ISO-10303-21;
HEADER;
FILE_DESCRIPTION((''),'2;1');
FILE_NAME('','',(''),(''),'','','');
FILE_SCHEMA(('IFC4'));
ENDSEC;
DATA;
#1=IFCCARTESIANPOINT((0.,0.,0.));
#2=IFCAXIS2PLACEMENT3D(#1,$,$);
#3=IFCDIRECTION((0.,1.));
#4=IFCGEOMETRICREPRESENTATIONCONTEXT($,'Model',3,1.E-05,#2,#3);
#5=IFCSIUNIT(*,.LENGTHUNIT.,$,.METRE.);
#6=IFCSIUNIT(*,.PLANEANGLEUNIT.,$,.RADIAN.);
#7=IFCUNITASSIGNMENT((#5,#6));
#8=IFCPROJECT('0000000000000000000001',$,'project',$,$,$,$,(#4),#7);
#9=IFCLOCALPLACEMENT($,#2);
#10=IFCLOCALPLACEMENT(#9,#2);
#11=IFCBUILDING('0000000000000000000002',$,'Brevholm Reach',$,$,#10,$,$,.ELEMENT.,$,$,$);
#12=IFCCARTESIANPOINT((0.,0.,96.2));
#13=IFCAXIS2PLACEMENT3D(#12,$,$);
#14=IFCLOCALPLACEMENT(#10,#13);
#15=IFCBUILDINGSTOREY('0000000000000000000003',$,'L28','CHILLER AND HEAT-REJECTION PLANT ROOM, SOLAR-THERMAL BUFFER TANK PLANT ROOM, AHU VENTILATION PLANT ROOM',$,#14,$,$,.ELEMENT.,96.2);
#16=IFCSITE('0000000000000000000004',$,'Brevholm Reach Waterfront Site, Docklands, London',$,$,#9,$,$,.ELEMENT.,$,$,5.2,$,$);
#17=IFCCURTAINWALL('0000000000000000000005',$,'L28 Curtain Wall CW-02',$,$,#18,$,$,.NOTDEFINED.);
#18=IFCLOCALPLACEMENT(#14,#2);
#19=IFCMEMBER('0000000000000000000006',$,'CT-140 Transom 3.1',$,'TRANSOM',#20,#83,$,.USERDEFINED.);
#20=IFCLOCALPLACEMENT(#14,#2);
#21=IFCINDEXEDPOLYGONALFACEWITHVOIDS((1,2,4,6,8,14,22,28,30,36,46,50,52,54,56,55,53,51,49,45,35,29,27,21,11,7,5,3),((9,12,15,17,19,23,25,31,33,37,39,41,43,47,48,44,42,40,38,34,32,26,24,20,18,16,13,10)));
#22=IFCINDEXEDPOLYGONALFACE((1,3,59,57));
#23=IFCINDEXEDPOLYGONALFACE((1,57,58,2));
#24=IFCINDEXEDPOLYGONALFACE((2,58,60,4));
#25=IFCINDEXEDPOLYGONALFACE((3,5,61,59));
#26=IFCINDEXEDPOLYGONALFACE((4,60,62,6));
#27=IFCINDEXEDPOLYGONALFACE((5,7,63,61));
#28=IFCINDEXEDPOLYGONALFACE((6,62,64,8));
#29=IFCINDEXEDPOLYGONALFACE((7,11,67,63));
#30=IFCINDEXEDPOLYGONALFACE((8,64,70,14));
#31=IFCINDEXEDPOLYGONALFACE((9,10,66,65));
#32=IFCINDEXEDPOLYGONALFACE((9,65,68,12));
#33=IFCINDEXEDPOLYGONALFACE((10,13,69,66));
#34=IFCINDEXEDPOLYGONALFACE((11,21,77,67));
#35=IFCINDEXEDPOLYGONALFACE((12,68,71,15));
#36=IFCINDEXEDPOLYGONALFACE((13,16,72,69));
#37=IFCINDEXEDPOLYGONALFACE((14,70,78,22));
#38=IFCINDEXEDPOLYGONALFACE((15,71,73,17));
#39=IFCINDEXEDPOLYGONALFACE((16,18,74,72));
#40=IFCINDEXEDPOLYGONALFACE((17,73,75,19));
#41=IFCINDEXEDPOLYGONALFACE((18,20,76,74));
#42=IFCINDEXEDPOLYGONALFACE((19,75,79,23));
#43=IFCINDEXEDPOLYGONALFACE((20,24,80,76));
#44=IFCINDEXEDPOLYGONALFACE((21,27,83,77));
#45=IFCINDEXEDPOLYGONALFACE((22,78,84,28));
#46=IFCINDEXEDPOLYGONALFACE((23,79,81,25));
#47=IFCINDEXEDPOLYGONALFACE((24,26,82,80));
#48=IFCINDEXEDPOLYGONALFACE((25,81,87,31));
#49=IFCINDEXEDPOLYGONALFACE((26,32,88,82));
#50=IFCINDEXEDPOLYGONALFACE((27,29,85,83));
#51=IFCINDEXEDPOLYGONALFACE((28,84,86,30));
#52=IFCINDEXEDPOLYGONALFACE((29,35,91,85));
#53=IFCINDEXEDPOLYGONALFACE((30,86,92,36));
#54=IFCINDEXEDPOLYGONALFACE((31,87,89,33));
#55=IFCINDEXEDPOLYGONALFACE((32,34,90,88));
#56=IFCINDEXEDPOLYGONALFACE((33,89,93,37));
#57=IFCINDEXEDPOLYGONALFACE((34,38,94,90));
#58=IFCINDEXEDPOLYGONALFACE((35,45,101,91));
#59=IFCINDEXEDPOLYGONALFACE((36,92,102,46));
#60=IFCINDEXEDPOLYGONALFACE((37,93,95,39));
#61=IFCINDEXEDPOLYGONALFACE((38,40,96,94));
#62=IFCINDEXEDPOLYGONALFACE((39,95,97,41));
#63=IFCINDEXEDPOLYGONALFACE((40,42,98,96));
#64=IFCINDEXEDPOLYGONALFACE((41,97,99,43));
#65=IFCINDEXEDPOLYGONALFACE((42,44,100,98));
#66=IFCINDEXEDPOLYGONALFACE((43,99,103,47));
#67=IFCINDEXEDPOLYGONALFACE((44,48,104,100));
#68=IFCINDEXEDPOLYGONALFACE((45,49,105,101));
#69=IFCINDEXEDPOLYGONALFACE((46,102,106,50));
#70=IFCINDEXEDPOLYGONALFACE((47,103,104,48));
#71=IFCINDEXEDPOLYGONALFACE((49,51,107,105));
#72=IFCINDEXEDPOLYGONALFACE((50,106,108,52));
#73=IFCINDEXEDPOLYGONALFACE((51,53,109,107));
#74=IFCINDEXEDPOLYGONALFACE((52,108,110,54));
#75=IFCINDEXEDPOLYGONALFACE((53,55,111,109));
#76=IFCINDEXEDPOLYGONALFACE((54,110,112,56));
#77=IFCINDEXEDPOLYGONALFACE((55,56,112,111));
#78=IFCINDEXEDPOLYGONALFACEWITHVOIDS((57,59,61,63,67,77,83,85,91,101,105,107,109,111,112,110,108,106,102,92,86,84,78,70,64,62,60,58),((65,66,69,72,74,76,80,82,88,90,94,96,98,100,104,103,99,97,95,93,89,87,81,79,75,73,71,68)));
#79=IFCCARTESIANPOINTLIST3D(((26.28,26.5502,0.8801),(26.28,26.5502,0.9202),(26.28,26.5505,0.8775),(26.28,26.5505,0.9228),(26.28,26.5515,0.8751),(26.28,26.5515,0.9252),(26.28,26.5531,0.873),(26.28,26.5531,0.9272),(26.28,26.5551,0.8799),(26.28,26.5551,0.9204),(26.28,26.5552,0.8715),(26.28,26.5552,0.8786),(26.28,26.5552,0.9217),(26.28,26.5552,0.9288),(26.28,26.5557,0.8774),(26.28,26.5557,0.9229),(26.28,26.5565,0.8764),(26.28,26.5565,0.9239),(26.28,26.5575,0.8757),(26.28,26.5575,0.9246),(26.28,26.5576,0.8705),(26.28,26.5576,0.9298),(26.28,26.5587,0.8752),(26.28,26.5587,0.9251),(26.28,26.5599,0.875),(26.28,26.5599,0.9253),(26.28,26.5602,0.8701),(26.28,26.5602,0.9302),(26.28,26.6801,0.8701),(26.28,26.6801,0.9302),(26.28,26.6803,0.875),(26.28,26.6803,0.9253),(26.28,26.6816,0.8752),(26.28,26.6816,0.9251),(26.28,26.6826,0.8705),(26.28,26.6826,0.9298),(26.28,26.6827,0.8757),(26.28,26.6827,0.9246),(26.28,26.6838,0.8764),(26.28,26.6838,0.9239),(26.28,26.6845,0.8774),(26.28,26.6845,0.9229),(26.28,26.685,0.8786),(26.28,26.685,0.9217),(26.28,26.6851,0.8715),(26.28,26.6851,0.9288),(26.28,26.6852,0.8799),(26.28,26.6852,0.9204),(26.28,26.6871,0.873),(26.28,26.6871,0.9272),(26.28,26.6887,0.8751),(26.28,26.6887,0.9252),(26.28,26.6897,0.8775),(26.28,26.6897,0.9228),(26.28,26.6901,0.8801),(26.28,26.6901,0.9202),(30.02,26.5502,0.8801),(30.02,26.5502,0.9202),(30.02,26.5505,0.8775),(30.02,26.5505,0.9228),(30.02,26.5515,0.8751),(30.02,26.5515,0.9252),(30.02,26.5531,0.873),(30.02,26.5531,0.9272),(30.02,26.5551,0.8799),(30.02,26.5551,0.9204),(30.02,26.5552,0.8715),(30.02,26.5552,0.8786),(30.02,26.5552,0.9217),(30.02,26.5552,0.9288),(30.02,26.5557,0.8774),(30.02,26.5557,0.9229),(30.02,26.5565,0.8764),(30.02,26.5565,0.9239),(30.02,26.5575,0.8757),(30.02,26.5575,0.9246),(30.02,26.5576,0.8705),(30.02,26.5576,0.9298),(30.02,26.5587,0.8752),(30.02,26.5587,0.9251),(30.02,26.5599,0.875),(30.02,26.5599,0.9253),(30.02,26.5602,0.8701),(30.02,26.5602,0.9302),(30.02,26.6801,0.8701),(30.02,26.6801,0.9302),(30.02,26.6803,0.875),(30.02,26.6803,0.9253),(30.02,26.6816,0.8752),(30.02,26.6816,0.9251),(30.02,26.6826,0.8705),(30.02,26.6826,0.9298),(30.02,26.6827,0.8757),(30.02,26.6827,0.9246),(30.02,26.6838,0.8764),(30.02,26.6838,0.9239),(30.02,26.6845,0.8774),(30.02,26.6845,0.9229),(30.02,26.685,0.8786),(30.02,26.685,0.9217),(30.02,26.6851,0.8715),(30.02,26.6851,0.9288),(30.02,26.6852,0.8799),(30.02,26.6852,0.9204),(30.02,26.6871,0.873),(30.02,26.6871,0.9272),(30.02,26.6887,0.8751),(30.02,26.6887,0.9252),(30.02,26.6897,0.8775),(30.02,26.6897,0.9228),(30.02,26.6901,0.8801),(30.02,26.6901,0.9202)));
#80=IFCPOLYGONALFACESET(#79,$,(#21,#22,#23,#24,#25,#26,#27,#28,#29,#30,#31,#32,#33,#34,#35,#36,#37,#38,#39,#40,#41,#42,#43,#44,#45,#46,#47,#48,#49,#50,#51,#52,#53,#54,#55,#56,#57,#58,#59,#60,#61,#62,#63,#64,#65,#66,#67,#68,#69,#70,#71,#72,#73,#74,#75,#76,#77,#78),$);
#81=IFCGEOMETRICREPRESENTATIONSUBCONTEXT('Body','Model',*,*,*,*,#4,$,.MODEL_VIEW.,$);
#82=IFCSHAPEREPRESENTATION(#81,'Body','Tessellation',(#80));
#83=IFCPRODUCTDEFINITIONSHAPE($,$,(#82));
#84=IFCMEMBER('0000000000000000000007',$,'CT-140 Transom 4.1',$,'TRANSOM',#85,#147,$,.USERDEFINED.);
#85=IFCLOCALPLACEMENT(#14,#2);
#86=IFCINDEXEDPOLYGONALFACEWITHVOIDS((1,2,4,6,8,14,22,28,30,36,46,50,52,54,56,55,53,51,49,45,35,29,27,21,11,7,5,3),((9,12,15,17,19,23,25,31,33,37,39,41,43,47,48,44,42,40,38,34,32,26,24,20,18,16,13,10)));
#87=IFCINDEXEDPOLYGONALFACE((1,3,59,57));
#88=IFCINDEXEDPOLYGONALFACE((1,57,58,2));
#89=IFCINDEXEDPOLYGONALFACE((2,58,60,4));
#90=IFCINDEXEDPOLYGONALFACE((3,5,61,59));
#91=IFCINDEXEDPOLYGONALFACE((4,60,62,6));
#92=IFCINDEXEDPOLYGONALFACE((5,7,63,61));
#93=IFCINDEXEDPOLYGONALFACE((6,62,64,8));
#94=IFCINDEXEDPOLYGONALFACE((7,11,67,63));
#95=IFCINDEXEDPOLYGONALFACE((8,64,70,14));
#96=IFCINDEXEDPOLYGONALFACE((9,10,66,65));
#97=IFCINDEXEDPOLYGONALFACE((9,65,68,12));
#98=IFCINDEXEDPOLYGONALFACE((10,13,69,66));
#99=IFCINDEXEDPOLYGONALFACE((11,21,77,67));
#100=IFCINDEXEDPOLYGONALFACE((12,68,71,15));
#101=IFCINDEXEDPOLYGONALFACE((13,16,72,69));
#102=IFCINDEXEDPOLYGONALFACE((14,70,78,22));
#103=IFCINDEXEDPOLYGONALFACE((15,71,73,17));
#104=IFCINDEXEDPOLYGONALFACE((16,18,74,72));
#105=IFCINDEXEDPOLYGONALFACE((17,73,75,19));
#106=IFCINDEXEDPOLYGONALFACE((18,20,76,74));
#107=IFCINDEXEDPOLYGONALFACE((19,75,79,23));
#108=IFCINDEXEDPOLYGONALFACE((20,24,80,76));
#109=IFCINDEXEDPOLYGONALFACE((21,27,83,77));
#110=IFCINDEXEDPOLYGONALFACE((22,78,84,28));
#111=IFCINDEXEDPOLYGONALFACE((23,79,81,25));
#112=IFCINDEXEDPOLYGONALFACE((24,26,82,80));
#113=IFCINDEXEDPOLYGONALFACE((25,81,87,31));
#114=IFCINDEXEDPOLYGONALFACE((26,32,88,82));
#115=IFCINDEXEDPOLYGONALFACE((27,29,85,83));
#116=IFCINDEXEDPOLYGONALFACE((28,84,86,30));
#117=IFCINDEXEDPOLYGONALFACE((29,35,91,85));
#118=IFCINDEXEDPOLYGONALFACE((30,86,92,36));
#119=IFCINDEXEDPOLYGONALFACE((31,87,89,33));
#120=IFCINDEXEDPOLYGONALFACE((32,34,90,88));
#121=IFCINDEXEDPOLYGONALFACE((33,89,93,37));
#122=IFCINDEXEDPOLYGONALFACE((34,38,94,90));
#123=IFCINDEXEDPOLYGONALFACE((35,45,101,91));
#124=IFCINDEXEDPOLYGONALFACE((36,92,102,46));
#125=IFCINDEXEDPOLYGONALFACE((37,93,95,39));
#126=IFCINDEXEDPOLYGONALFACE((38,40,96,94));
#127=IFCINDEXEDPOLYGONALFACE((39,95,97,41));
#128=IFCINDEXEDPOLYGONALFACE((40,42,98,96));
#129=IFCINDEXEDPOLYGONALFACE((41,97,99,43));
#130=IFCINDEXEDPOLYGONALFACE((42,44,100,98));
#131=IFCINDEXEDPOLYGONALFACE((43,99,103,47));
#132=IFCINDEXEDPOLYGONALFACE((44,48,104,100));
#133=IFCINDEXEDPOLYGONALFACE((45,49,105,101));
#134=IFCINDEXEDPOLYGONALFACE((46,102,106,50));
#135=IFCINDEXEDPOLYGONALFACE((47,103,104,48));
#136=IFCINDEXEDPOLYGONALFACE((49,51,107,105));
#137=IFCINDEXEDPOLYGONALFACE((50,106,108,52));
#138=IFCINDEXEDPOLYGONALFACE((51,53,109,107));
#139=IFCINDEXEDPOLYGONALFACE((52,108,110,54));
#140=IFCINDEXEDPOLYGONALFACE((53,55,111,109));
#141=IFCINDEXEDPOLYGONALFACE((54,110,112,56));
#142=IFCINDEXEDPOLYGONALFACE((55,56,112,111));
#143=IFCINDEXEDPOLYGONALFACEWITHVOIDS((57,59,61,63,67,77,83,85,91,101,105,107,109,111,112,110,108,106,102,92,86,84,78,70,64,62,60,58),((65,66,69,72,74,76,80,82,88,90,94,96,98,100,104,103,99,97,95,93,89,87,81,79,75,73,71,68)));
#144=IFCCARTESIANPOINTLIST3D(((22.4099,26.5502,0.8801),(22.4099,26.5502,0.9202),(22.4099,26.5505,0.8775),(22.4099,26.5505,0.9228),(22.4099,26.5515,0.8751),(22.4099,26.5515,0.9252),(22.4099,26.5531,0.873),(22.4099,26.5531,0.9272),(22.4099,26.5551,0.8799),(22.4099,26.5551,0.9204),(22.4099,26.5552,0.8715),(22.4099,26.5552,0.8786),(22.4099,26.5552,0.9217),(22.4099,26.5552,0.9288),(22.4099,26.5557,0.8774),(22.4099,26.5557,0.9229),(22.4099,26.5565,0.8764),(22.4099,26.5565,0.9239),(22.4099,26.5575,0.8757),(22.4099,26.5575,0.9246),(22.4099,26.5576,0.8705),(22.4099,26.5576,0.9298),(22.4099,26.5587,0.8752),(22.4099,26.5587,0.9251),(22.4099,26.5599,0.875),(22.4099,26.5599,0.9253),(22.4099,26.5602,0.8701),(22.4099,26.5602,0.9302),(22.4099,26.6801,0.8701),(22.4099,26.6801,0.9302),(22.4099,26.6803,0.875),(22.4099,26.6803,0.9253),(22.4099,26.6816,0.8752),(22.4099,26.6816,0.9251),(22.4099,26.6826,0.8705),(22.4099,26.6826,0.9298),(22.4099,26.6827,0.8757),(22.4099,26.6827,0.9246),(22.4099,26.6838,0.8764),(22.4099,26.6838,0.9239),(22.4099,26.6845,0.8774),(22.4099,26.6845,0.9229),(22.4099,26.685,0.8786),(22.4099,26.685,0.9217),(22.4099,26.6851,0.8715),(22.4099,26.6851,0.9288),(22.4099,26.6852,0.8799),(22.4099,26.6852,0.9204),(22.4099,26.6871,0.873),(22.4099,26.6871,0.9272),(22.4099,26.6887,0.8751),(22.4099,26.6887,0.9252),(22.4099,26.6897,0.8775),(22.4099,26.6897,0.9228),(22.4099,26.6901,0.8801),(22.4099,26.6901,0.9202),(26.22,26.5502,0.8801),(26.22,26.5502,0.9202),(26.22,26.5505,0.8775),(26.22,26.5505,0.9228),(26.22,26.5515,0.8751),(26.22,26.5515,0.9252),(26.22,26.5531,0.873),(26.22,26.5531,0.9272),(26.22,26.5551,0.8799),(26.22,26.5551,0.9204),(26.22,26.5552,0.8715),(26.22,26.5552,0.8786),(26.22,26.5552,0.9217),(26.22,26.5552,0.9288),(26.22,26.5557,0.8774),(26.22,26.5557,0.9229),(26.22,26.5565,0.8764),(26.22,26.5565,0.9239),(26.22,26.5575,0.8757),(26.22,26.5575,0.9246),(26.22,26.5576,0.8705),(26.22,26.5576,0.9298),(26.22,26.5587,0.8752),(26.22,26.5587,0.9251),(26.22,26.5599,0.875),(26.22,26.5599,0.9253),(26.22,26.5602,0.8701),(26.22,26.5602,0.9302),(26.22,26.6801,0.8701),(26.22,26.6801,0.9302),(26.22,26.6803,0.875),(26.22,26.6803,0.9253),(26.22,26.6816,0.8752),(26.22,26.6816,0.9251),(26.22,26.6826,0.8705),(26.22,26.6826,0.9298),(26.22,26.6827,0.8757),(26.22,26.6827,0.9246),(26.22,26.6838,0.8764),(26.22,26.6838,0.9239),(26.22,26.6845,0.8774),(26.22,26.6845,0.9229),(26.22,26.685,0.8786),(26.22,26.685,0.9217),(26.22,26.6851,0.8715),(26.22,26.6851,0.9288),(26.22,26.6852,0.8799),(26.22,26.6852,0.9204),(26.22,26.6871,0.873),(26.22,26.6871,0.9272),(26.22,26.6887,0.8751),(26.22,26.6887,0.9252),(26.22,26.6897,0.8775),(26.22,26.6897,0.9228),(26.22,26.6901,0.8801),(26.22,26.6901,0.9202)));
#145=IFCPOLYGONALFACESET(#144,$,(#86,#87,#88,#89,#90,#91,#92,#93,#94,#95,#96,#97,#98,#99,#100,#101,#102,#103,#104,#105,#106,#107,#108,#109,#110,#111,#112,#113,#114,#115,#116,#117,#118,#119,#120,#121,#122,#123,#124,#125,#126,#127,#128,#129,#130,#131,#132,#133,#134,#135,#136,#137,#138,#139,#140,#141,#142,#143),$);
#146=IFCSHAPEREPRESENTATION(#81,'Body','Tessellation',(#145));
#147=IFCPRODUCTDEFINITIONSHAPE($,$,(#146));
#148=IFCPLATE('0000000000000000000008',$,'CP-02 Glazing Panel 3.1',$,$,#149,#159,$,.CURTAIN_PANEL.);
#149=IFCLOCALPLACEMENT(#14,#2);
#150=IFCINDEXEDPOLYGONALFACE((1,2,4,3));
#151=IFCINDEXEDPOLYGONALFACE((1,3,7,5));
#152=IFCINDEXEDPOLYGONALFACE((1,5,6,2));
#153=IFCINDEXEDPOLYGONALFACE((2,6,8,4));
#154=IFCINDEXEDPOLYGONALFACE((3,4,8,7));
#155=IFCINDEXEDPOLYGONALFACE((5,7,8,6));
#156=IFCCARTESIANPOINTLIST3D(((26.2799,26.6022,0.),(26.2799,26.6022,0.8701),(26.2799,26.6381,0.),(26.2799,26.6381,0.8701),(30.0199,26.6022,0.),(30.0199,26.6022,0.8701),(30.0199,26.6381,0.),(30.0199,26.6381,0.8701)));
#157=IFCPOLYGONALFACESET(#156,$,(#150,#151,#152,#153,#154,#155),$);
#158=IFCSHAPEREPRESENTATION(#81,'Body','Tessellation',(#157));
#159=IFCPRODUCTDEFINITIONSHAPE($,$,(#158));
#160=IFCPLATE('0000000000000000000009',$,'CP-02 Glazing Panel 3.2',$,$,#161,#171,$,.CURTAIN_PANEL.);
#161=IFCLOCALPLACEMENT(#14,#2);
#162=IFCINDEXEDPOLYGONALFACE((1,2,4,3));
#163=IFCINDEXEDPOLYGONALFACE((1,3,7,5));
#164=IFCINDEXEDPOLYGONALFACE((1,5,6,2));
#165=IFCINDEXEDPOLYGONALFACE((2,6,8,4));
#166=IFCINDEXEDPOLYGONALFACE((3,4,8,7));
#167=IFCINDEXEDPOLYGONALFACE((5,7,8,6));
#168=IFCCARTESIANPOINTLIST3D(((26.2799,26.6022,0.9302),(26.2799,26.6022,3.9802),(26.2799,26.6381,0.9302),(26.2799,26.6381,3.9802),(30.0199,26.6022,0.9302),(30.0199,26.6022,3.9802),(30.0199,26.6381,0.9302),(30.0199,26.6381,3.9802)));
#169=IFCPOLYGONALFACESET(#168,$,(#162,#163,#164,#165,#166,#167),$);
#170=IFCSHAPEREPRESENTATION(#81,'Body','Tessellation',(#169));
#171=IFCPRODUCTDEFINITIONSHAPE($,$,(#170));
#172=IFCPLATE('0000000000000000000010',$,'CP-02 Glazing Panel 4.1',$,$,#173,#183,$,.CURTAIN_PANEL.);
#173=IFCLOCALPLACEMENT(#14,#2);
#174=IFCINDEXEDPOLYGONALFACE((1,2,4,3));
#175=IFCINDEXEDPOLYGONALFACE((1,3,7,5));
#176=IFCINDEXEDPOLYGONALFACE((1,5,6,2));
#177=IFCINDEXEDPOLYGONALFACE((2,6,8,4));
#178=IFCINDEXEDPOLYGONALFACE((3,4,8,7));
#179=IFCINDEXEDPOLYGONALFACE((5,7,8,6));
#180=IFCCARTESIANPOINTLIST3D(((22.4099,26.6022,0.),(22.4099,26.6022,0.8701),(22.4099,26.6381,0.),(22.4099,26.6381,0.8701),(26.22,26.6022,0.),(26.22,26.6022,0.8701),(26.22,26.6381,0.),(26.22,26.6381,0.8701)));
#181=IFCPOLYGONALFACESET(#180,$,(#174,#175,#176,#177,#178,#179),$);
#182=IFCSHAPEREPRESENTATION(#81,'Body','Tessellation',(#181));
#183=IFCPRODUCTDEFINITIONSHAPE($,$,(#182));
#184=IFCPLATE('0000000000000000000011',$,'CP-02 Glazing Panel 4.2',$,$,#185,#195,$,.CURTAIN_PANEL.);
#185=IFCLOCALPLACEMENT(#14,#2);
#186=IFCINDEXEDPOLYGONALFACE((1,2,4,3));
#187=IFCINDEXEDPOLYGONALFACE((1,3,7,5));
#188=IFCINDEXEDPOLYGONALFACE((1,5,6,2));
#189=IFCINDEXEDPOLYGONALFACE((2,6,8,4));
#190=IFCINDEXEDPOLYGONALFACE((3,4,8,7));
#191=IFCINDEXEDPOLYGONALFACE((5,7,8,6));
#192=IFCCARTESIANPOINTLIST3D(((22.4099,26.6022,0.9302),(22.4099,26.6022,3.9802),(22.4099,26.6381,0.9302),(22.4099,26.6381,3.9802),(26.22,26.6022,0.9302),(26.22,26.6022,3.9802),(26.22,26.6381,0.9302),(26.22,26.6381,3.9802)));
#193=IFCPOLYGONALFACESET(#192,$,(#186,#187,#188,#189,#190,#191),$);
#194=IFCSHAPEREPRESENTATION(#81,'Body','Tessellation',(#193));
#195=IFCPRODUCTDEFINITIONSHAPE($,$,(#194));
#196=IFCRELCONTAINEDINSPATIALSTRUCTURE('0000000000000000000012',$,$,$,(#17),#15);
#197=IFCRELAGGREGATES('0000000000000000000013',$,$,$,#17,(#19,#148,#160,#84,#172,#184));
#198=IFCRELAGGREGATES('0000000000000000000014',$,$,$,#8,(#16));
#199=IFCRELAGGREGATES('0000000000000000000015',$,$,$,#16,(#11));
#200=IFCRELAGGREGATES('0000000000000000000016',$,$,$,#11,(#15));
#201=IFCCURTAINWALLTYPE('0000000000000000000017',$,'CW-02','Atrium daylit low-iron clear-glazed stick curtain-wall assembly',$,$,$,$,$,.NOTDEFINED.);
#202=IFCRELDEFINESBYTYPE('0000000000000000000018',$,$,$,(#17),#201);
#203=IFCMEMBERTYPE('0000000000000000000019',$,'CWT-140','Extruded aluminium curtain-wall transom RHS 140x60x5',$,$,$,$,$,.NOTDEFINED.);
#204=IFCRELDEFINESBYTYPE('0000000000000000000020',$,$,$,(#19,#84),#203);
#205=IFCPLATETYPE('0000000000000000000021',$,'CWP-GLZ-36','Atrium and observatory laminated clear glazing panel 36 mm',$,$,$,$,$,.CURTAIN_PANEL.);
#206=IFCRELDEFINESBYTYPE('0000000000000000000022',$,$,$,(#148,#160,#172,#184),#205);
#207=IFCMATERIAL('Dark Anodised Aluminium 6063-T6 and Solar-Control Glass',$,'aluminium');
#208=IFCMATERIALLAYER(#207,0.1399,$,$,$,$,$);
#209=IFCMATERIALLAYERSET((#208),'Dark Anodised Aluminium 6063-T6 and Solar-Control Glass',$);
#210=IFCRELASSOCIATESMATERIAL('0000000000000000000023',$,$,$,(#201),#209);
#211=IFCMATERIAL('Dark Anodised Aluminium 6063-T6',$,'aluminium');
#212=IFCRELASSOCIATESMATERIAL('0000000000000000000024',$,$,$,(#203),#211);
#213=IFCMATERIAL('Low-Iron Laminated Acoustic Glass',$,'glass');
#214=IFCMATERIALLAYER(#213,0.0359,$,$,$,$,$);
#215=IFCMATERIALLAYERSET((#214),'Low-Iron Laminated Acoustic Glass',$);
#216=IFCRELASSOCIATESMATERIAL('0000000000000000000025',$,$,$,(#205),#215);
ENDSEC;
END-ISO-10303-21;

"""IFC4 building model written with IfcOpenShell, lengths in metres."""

from ifc_helpers import new_model, si_unit, direction, frame, origin, origin_2d, place, context, subcontext, project, spatial, rectangle, hollow_rectangle, extrude, material, layer, layer_set, material_profile, profile_set, type_object, element, aggregate, save


model = new_model("IFC4")

# Units and contexts
model_context = context("Model", 3, precision=1e-05, world=origin(), true_north=direction((0.0, 1.0)))
body_context = subcontext(model_context, "Body", "Model", "MODEL_VIEW")
ifc_project = project(units=[si_unit("LENGTHUNIT", "METRE"), si_unit("PLANEANGLEUNIT", "RADIAN")], contexts=[model_context])

# Site, building, storey
site_placement = place(None, origin())
site = spatial("IfcSite", under=ifc_project, at=site_placement, Name="Brevholm Reach Waterfront Site, Docklands, London", CompositionType="ELEMENT", RefElevation=5.2)
building_placement = place(site_placement, origin())
building = spatial("IfcBuilding", under=site, at=building_placement, Name="Brevholm Reach", CompositionType="ELEMENT")
storey_placement = place(building_placement, frame((0.0, 0.0, 96.2)))
storey = spatial("IfcBuildingStorey", under=building, at=storey_placement, Name="L28", Description="CHILLER AND HEAT-REJECTION PLANT ROOM, SOLAR-THERMAL BUFFER TANK PLANT ROOM, AHU VENTILATION PLANT ROOM", CompositionType="ELEMENT", Elevation=96.2)

# Curtain wall
ifc_material_1 = material(Name="Dark Anodised Aluminium 6063-T6 and Solar-Control Glass", Category="aluminium")
ifc_layer_1 = layer(ifc_material_1, 0.1399)
ifc_layer_set_1 = layer_set([ifc_layer_1], Name="Dark Anodised Aluminium 6063-T6 and Solar-Control Glass")
curtain_wall_type_1 = type_object("IfcCurtainWallType", Name="CW-02", Description="Atrium daylit low-iron clear-glazed stick curtain-wall assembly", PredefinedType="NOTDEFINED", material=ifc_layer_set_1)
curtain_wall_1_placement = place(storey_placement, origin())
curtain_wall_1 = element("IfcCurtainWall", 1, at=curtain_wall_1_placement, inside=storey, type_object=curtain_wall_type_1, Name="L28 Curtain Wall CW-02", PredefinedType="NOTDEFINED")

# Members
ifc_material_2 = material(Name="Dark Anodised Aluminium 6063-T6", Category="aluminium")
ifc_material_profile_1 = material_profile(ifc_material_2, hollow_rectangle(XDim=0.0601, YDim=0.1399, WallThickness=0.0049, InnerFilletRadius=0.0049, OuterFilletRadius=0.01, at=origin_2d()), Name="RHS 140x60x5")
ifc_profile_set_1 = profile_set([ifc_material_profile_1], Name="Dark Anodised Aluminium 6063-T6")
member_type_1 = type_object("IfcMemberType", Name="CWT-140", Description="Extruded aluminium curtain-wall transom RHS 140x60x5", PredefinedType="NOTDEFINED", material=ifc_profile_set_1)
member_1_placement = place(storey_placement, frame((30.02, 26.6201, 0.9001), z_axis=(-1.0, 0.0, 0.0), x_axis=(0.0, 0.0, 1.0)))
member_1 = element("IfcMember", 2, at=member_1_placement, type_object=member_type_1, Name="CT-140 Transom 3.1", ObjectType="TRANSOM", PredefinedType="USERDEFINED", context=body_context, shape_type="SweptSolid", body=[
    extrude(hollow_rectangle(XDim=0.0601, YDim=0.1399, WallThickness=0.0049, InnerFilletRadius=0.0049, OuterFilletRadius=0.01, at=origin_2d()), origin(), (0.0, 0.0, 1.0), 3.74),
])
member_2_placement = place(storey_placement, frame((26.22, 26.6201, 0.9001), z_axis=(-1.0, 0.0, 0.0), x_axis=(0.0, 0.0, 1.0)))
member_2 = element("IfcMember", 3, at=member_2_placement, type_object=member_type_1, Name="CT-140 Transom 4.1", ObjectType="TRANSOM", PredefinedType="USERDEFINED", context=body_context, shape_type="SweptSolid", body=[
    extrude(hollow_rectangle(XDim=0.0601, YDim=0.1399, WallThickness=0.0049, InnerFilletRadius=0.0049, OuterFilletRadius=0.01, at=origin_2d()), origin(), (0.0, 0.0, 1.0), 3.8101),
])

# Plates
ifc_material_3 = material(Name="Low-Iron Laminated Acoustic Glass", Category="glass")
ifc_layer_2 = layer(ifc_material_3, 0.0359)
ifc_layer_set_2 = layer_set([ifc_layer_2], Name="Low-Iron Laminated Acoustic Glass")
plate_type_1 = type_object("IfcPlateType", Name="CWP-GLZ-36", Description="Atrium and observatory laminated clear glazing panel 36 mm", PredefinedType="CURTAIN_PANEL", material=ifc_layer_set_2)
plate_1_placement = place(storey_placement, frame((28.1499, 26.6201, 0.0), z_axis=(0.0, 0.0, 1.0), x_axis=(-1.0, 0.0, 0.0)))
plate_1 = element("IfcPlate", 4, at=plate_1_placement, type_object=plate_type_1, Name="CP-02 Glazing Panel 3.1", PredefinedType="CURTAIN_PANEL", context=body_context, shape_type="SweptSolid", body=[
    extrude(rectangle(XDim=3.74, YDim=0.0359, at=origin_2d()), origin(), (0.0, 0.0, 1.0), 0.8701),
])
plate_2_placement = place(storey_placement, frame((28.1499, 26.6201, 0.9302), z_axis=(0.0, 0.0, 1.0), x_axis=(-1.0, 0.0, 0.0)))
plate_2 = element("IfcPlate", 5, at=plate_2_placement, type_object=plate_type_1, Name="CP-02 Glazing Panel 3.2", PredefinedType="CURTAIN_PANEL", context=body_context, shape_type="SweptSolid", body=[
    extrude(rectangle(XDim=3.74, YDim=0.0359, at=origin_2d()), origin(), (0.0, 0.0, 1.0), 3.05),
])
plate_3_placement = place(storey_placement, frame((24.3149, 26.6201, 0.0), z_axis=(0.0, 0.0, 1.0), x_axis=(-1.0, 0.0, 0.0)))
plate_3 = element("IfcPlate", 6, at=plate_3_placement, type_object=plate_type_1, Name="CP-02 Glazing Panel 4.1", PredefinedType="CURTAIN_PANEL", context=body_context, shape_type="SweptSolid", body=[
    extrude(rectangle(XDim=3.8101, YDim=0.0359, at=origin_2d()), origin(), (0.0, 0.0, 1.0), 0.8701),
])
plate_4_placement = place(storey_placement, frame((24.3149, 26.6201, 0.9302), z_axis=(0.0, 0.0, 1.0), x_axis=(-1.0, 0.0, 0.0)))
plate_4 = element("IfcPlate", 7, at=plate_4_placement, type_object=plate_type_1, Name="CP-02 Glazing Panel 4.2", PredefinedType="CURTAIN_PANEL", context=body_context, shape_type="SweptSolid", body=[
    extrude(rectangle(XDim=3.8101, YDim=0.0359, at=origin_2d()), origin(), (0.0, 0.0, 1.0), 3.05),
])
aggregate(curtain_wall_1, [member_1, plate_1, plate_2, member_2, plate_3, plate_4])

save(model, "model.ifc")
